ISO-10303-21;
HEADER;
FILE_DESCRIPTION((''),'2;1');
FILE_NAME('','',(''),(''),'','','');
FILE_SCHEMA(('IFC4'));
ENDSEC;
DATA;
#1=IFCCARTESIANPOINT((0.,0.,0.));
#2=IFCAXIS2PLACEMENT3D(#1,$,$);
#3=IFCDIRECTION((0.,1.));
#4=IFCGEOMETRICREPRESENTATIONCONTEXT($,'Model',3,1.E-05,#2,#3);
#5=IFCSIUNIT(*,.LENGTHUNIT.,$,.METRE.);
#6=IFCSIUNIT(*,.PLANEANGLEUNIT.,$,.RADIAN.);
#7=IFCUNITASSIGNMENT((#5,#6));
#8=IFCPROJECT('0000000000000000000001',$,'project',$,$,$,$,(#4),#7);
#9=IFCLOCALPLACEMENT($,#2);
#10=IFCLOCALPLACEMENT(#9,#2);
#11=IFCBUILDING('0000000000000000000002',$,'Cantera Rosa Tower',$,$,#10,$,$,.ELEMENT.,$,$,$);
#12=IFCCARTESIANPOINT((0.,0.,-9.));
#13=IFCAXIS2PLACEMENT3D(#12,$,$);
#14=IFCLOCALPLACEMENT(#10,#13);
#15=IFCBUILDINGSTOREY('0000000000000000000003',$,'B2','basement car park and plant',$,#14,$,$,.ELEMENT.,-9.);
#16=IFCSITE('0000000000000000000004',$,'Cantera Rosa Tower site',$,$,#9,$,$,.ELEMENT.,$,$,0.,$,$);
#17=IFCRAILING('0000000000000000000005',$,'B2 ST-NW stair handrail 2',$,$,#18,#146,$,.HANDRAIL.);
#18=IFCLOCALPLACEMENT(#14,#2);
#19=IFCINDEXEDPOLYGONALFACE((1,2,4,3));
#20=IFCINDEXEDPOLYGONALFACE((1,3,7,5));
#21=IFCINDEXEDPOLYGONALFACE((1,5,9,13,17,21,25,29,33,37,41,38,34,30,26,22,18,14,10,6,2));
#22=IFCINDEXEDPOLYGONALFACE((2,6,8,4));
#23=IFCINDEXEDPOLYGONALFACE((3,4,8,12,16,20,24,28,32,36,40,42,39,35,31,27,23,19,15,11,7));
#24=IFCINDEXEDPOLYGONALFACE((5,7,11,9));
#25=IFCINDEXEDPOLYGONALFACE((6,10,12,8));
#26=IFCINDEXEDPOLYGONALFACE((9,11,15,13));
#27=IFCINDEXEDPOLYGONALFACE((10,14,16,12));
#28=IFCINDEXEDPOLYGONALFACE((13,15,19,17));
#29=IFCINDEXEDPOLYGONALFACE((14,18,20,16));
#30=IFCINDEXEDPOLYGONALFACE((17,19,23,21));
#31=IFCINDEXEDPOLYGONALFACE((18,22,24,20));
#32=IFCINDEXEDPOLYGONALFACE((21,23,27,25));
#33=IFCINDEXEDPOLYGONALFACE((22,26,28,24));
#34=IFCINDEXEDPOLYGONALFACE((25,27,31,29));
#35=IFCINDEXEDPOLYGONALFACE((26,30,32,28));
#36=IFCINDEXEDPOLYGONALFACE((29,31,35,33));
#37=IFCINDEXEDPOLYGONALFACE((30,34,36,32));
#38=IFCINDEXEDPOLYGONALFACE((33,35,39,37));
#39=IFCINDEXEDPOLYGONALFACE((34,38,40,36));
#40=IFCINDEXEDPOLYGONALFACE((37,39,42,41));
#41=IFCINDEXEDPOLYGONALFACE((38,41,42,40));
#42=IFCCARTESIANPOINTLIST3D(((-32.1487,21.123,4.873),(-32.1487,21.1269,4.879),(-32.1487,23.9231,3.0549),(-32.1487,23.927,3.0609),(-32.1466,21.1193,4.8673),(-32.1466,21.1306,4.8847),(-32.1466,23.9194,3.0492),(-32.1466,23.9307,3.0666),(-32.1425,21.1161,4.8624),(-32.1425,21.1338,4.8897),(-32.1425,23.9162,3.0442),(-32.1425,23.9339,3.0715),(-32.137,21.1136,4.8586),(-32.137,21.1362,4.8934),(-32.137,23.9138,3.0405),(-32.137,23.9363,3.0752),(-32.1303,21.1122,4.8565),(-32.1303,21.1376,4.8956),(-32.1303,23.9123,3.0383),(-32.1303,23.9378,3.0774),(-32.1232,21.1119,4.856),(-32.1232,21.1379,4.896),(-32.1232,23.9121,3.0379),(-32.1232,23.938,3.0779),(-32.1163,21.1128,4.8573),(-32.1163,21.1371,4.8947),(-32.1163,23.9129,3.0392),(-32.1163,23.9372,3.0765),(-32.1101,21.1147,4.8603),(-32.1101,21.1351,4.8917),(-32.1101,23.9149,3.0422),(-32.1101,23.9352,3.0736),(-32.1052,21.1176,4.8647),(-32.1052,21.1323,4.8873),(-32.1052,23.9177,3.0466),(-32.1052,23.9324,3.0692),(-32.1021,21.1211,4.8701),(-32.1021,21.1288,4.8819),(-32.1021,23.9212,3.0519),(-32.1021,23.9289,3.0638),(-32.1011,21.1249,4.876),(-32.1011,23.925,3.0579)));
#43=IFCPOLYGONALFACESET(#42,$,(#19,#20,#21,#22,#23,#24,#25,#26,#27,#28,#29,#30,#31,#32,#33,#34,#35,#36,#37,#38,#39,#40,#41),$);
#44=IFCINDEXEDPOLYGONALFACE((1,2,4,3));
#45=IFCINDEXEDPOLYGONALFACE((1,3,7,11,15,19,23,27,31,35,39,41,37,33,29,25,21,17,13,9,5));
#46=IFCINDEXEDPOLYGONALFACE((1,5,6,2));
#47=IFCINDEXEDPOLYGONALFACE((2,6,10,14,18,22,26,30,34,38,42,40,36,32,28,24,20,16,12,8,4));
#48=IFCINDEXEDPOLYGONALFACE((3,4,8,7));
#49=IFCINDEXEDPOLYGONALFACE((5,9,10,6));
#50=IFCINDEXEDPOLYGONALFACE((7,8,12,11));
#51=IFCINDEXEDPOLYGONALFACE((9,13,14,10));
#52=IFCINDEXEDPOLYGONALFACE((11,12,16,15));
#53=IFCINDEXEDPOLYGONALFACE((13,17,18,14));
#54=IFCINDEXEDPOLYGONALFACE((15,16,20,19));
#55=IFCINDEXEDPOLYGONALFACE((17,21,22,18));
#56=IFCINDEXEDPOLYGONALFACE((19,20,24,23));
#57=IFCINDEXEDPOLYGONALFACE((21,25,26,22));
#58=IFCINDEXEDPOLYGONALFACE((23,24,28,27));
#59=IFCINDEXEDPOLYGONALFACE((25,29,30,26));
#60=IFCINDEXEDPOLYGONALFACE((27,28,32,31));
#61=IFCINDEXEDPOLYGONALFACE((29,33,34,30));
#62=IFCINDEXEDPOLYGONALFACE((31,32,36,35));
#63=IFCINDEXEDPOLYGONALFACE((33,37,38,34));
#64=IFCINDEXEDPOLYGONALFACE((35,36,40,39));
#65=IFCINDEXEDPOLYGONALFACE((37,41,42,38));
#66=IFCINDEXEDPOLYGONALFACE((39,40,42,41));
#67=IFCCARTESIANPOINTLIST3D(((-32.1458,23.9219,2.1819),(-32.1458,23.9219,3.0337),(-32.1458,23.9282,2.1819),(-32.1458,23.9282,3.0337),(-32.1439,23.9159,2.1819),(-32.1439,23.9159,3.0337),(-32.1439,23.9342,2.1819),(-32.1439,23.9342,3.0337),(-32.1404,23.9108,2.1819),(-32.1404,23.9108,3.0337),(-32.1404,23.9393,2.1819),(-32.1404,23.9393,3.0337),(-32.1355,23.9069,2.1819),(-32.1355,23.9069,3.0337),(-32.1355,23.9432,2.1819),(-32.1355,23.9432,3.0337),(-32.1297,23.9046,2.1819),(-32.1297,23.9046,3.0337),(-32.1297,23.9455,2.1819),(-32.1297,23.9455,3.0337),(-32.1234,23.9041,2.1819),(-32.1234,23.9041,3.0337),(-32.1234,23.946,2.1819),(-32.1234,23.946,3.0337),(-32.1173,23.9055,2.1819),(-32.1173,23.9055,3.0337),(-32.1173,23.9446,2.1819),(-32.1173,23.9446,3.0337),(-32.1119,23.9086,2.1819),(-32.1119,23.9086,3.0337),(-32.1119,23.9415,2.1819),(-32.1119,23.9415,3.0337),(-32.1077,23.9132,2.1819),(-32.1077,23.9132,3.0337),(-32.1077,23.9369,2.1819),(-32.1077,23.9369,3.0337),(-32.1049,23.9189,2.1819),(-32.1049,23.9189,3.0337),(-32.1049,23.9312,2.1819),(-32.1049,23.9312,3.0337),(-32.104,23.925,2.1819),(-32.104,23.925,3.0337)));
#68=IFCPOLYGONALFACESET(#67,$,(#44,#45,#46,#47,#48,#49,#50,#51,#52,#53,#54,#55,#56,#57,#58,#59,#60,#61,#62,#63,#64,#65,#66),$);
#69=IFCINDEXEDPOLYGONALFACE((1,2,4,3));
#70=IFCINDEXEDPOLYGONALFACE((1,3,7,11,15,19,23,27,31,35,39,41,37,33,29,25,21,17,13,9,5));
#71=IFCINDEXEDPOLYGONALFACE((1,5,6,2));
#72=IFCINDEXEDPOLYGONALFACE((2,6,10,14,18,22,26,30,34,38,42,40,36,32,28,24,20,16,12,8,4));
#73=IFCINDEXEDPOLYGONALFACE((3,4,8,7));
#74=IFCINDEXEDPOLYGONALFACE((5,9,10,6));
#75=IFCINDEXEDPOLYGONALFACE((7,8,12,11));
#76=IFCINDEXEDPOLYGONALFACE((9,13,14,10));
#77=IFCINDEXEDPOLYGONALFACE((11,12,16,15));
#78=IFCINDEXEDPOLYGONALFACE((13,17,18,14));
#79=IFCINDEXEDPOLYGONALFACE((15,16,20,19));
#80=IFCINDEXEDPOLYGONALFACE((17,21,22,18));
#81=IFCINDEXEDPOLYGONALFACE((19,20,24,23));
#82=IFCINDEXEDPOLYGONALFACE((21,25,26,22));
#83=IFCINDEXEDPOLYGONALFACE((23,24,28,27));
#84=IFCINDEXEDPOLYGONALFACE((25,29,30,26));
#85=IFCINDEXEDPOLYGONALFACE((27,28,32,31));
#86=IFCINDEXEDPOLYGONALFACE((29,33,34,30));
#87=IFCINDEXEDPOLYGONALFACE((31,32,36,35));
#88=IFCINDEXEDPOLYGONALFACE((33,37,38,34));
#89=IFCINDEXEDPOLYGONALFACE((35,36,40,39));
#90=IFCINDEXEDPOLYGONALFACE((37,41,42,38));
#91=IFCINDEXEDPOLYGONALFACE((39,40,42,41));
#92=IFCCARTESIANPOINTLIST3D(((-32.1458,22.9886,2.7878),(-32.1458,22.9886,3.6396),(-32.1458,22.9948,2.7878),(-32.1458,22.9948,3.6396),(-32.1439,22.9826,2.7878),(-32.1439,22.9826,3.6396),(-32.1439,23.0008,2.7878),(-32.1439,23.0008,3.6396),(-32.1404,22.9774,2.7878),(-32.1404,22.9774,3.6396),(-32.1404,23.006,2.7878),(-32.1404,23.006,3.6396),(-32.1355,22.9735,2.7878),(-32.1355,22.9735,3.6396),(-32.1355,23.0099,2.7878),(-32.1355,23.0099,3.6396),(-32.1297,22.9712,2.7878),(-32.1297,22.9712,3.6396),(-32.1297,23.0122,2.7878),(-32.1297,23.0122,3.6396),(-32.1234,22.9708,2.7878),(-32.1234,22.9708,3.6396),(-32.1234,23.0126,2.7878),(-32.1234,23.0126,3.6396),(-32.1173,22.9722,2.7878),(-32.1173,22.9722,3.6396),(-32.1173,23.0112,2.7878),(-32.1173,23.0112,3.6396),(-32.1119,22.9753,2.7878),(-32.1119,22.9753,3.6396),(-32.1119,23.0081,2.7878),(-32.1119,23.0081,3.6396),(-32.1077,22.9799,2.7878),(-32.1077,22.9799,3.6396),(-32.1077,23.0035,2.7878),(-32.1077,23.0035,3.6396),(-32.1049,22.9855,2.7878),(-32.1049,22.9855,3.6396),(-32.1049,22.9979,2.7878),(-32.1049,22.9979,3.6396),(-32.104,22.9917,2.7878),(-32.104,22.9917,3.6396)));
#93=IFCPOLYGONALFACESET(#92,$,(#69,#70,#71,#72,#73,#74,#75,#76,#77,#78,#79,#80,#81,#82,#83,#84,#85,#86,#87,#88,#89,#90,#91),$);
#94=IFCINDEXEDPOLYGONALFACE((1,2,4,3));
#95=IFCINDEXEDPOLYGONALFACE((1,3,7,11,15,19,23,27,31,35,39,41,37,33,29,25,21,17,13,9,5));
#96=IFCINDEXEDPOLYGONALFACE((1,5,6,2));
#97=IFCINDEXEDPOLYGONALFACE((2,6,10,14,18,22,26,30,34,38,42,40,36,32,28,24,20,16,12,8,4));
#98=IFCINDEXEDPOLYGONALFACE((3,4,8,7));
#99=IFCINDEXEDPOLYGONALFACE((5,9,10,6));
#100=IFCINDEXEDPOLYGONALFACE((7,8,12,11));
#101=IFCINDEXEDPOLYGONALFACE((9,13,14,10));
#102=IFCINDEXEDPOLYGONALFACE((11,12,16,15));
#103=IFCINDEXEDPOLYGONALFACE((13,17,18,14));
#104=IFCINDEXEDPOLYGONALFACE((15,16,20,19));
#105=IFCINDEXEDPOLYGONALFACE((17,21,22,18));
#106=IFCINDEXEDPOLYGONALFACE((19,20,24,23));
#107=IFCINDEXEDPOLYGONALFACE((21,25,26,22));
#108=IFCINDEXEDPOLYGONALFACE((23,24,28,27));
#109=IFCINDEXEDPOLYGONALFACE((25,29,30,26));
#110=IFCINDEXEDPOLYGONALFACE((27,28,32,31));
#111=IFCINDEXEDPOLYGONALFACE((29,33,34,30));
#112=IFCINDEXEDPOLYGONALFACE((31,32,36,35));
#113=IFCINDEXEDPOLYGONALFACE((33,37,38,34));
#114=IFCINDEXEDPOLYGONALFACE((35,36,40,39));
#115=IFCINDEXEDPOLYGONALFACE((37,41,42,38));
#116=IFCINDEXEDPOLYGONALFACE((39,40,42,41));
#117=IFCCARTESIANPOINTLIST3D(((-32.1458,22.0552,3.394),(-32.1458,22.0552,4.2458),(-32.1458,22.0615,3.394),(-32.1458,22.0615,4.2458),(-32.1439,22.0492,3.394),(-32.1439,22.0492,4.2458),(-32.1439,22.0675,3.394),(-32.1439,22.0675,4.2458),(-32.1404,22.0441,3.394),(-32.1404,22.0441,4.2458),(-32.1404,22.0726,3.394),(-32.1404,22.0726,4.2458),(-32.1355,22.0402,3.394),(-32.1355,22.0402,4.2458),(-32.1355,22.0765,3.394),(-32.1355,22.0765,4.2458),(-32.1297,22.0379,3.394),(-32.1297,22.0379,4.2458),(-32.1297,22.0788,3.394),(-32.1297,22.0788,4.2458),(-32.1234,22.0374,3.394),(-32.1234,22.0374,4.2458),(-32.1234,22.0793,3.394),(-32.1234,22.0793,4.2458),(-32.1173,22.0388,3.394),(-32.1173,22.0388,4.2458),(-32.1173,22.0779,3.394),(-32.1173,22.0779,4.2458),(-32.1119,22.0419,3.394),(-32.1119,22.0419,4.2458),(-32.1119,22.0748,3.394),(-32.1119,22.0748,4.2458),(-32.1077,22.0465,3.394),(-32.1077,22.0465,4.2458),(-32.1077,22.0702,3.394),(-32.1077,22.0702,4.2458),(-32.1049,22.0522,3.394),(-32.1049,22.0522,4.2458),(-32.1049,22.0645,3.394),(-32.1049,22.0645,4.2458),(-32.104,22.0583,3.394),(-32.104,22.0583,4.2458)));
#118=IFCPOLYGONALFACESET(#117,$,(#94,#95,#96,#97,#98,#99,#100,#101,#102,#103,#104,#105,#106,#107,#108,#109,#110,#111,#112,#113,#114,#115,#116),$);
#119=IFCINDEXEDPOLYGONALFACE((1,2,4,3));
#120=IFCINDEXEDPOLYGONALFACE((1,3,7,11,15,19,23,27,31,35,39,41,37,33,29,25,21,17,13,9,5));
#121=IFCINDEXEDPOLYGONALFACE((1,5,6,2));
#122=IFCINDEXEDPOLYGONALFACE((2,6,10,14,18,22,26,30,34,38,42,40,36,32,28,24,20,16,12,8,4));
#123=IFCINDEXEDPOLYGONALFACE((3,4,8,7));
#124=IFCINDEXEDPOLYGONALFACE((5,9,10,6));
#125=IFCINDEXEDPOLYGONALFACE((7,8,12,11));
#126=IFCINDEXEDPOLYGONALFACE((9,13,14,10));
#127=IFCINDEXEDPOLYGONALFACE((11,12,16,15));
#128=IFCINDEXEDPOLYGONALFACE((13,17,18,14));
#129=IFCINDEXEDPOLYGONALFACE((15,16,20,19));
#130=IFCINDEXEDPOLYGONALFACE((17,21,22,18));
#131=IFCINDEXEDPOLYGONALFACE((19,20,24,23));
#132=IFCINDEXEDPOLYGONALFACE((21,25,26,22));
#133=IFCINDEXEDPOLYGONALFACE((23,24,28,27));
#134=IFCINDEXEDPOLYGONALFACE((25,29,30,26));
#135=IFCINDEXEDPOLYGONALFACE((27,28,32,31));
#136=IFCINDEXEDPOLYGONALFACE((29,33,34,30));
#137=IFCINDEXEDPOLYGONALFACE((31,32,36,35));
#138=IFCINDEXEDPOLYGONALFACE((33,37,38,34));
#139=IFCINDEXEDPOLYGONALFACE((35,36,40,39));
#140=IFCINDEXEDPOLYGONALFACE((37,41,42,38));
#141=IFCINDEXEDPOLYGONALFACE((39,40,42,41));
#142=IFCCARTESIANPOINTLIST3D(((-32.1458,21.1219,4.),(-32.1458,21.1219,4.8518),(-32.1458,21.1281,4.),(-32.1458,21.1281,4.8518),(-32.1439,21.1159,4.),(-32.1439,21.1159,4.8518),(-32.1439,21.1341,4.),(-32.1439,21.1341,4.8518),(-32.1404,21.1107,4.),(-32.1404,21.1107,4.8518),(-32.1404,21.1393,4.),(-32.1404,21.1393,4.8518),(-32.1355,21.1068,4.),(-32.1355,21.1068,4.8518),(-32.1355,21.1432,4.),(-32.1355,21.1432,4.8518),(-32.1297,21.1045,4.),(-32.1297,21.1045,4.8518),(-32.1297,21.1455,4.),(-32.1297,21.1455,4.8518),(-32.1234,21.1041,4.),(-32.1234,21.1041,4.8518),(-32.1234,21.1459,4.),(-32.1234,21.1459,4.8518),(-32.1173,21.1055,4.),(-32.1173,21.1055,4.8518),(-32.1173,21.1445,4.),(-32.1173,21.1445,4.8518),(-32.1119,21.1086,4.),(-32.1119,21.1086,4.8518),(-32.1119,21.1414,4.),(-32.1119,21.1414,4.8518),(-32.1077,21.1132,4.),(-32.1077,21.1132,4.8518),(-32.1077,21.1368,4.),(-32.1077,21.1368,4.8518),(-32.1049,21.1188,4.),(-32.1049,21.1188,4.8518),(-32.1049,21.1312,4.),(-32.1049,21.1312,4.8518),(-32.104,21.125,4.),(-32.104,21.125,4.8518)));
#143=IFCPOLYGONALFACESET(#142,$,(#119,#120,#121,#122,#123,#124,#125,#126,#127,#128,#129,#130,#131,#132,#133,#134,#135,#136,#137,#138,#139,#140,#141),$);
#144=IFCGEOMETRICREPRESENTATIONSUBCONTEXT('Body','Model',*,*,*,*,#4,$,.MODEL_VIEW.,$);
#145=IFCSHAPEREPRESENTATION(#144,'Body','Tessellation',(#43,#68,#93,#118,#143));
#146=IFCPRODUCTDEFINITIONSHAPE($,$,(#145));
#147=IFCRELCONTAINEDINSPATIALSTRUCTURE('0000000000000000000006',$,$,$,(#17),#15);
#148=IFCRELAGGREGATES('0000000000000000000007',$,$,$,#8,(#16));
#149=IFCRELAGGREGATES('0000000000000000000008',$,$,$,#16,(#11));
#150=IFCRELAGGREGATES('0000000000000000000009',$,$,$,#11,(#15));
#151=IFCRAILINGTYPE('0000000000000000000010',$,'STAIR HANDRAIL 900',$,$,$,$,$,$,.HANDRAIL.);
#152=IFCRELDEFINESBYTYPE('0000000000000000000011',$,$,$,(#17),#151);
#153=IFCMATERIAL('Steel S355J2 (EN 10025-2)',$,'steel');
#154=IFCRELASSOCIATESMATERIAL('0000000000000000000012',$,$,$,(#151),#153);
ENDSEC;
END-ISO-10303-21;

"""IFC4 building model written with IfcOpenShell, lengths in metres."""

from ifc_helpers import new_model, si_unit, direction, frame, origin, origin_2d, place, context, subcontext, project, spatial, circle, extrude, material, type_object, element, save


model = new_model("IFC4")

# Units and contexts
model_context = context("Model", 3, precision=1e-05, world=origin(), true_north=direction((0.0, 1.0)))
body_context = subcontext(model_context, "Body", "Model", "MODEL_VIEW")
ifc_project = project(units=[si_unit("LENGTHUNIT", "METRE"), si_unit("PLANEANGLEUNIT", "RADIAN")], contexts=[model_context])

# Site, building, storey
site_placement = place(None, origin())
site = spatial("IfcSite", under=ifc_project, at=site_placement, Name="Cantera Rosa Tower site", CompositionType="ELEMENT", RefElevation=0.0)
building_placement = place(site_placement, origin())
building = spatial("IfcBuilding", under=site, at=building_placement, Name="Cantera Rosa Tower", CompositionType="ELEMENT")
storey_placement = place(building_placement, frame((0.0, 0.0, -9.0)))
storey = spatial("IfcBuildingStorey", under=building, at=storey_placement, Name="B2", Description="basement car park and plant", CompositionType="ELEMENT", Elevation=-9.0)

# Railing
ifc_material_1 = material(Name="Steel S355J2 (EN 10025-2)", Category="steel")
railing_type_1 = type_object("IfcRailingType", Name="STAIR HANDRAIL 900", PredefinedType="HANDRAIL", material=ifc_material_1)
railing_1_placement = place(storey_placement, frame((-32.125, 23.925, 2.1819)))
element("IfcRailing", 1, at=railing_1_placement, inside=storey, type_object=railing_type_1, Name="B2 ST-NW stair handrail 2", PredefinedType="HANDRAIL", context=body_context, shape_type="SweptSolid", body=[
    extrude(circle(Radius=0.0239, at=origin_2d()), frame((0.0, 0.0, 0.876), z_axis=(0.0, -0.838706, 0.544585), x_axis=(1.0, 0.0, 0.0)), (0.0, 0.0, 1.0), 3.3386),
    extrude(circle(Radius=0.021, at=origin_2d()), origin(), (0.0, 0.0, 1.0), 0.8518),
    extrude(circle(Radius=0.021, at=origin_2d()), frame((0.0, -0.9333, 0.606)), (0.0, 0.0, 1.0), 0.8518),
    extrude(circle(Radius=0.021, at=origin_2d()), frame((0.0, -1.8667, 1.2122)), (0.0, 0.0, 1.0), 0.8518),
    extrude(circle(Radius=0.021, at=origin_2d()), frame((0.0, -2.8, 1.8181)), (0.0, 0.0, 1.0), 0.8518),
])

save(model, "model.ifc")
